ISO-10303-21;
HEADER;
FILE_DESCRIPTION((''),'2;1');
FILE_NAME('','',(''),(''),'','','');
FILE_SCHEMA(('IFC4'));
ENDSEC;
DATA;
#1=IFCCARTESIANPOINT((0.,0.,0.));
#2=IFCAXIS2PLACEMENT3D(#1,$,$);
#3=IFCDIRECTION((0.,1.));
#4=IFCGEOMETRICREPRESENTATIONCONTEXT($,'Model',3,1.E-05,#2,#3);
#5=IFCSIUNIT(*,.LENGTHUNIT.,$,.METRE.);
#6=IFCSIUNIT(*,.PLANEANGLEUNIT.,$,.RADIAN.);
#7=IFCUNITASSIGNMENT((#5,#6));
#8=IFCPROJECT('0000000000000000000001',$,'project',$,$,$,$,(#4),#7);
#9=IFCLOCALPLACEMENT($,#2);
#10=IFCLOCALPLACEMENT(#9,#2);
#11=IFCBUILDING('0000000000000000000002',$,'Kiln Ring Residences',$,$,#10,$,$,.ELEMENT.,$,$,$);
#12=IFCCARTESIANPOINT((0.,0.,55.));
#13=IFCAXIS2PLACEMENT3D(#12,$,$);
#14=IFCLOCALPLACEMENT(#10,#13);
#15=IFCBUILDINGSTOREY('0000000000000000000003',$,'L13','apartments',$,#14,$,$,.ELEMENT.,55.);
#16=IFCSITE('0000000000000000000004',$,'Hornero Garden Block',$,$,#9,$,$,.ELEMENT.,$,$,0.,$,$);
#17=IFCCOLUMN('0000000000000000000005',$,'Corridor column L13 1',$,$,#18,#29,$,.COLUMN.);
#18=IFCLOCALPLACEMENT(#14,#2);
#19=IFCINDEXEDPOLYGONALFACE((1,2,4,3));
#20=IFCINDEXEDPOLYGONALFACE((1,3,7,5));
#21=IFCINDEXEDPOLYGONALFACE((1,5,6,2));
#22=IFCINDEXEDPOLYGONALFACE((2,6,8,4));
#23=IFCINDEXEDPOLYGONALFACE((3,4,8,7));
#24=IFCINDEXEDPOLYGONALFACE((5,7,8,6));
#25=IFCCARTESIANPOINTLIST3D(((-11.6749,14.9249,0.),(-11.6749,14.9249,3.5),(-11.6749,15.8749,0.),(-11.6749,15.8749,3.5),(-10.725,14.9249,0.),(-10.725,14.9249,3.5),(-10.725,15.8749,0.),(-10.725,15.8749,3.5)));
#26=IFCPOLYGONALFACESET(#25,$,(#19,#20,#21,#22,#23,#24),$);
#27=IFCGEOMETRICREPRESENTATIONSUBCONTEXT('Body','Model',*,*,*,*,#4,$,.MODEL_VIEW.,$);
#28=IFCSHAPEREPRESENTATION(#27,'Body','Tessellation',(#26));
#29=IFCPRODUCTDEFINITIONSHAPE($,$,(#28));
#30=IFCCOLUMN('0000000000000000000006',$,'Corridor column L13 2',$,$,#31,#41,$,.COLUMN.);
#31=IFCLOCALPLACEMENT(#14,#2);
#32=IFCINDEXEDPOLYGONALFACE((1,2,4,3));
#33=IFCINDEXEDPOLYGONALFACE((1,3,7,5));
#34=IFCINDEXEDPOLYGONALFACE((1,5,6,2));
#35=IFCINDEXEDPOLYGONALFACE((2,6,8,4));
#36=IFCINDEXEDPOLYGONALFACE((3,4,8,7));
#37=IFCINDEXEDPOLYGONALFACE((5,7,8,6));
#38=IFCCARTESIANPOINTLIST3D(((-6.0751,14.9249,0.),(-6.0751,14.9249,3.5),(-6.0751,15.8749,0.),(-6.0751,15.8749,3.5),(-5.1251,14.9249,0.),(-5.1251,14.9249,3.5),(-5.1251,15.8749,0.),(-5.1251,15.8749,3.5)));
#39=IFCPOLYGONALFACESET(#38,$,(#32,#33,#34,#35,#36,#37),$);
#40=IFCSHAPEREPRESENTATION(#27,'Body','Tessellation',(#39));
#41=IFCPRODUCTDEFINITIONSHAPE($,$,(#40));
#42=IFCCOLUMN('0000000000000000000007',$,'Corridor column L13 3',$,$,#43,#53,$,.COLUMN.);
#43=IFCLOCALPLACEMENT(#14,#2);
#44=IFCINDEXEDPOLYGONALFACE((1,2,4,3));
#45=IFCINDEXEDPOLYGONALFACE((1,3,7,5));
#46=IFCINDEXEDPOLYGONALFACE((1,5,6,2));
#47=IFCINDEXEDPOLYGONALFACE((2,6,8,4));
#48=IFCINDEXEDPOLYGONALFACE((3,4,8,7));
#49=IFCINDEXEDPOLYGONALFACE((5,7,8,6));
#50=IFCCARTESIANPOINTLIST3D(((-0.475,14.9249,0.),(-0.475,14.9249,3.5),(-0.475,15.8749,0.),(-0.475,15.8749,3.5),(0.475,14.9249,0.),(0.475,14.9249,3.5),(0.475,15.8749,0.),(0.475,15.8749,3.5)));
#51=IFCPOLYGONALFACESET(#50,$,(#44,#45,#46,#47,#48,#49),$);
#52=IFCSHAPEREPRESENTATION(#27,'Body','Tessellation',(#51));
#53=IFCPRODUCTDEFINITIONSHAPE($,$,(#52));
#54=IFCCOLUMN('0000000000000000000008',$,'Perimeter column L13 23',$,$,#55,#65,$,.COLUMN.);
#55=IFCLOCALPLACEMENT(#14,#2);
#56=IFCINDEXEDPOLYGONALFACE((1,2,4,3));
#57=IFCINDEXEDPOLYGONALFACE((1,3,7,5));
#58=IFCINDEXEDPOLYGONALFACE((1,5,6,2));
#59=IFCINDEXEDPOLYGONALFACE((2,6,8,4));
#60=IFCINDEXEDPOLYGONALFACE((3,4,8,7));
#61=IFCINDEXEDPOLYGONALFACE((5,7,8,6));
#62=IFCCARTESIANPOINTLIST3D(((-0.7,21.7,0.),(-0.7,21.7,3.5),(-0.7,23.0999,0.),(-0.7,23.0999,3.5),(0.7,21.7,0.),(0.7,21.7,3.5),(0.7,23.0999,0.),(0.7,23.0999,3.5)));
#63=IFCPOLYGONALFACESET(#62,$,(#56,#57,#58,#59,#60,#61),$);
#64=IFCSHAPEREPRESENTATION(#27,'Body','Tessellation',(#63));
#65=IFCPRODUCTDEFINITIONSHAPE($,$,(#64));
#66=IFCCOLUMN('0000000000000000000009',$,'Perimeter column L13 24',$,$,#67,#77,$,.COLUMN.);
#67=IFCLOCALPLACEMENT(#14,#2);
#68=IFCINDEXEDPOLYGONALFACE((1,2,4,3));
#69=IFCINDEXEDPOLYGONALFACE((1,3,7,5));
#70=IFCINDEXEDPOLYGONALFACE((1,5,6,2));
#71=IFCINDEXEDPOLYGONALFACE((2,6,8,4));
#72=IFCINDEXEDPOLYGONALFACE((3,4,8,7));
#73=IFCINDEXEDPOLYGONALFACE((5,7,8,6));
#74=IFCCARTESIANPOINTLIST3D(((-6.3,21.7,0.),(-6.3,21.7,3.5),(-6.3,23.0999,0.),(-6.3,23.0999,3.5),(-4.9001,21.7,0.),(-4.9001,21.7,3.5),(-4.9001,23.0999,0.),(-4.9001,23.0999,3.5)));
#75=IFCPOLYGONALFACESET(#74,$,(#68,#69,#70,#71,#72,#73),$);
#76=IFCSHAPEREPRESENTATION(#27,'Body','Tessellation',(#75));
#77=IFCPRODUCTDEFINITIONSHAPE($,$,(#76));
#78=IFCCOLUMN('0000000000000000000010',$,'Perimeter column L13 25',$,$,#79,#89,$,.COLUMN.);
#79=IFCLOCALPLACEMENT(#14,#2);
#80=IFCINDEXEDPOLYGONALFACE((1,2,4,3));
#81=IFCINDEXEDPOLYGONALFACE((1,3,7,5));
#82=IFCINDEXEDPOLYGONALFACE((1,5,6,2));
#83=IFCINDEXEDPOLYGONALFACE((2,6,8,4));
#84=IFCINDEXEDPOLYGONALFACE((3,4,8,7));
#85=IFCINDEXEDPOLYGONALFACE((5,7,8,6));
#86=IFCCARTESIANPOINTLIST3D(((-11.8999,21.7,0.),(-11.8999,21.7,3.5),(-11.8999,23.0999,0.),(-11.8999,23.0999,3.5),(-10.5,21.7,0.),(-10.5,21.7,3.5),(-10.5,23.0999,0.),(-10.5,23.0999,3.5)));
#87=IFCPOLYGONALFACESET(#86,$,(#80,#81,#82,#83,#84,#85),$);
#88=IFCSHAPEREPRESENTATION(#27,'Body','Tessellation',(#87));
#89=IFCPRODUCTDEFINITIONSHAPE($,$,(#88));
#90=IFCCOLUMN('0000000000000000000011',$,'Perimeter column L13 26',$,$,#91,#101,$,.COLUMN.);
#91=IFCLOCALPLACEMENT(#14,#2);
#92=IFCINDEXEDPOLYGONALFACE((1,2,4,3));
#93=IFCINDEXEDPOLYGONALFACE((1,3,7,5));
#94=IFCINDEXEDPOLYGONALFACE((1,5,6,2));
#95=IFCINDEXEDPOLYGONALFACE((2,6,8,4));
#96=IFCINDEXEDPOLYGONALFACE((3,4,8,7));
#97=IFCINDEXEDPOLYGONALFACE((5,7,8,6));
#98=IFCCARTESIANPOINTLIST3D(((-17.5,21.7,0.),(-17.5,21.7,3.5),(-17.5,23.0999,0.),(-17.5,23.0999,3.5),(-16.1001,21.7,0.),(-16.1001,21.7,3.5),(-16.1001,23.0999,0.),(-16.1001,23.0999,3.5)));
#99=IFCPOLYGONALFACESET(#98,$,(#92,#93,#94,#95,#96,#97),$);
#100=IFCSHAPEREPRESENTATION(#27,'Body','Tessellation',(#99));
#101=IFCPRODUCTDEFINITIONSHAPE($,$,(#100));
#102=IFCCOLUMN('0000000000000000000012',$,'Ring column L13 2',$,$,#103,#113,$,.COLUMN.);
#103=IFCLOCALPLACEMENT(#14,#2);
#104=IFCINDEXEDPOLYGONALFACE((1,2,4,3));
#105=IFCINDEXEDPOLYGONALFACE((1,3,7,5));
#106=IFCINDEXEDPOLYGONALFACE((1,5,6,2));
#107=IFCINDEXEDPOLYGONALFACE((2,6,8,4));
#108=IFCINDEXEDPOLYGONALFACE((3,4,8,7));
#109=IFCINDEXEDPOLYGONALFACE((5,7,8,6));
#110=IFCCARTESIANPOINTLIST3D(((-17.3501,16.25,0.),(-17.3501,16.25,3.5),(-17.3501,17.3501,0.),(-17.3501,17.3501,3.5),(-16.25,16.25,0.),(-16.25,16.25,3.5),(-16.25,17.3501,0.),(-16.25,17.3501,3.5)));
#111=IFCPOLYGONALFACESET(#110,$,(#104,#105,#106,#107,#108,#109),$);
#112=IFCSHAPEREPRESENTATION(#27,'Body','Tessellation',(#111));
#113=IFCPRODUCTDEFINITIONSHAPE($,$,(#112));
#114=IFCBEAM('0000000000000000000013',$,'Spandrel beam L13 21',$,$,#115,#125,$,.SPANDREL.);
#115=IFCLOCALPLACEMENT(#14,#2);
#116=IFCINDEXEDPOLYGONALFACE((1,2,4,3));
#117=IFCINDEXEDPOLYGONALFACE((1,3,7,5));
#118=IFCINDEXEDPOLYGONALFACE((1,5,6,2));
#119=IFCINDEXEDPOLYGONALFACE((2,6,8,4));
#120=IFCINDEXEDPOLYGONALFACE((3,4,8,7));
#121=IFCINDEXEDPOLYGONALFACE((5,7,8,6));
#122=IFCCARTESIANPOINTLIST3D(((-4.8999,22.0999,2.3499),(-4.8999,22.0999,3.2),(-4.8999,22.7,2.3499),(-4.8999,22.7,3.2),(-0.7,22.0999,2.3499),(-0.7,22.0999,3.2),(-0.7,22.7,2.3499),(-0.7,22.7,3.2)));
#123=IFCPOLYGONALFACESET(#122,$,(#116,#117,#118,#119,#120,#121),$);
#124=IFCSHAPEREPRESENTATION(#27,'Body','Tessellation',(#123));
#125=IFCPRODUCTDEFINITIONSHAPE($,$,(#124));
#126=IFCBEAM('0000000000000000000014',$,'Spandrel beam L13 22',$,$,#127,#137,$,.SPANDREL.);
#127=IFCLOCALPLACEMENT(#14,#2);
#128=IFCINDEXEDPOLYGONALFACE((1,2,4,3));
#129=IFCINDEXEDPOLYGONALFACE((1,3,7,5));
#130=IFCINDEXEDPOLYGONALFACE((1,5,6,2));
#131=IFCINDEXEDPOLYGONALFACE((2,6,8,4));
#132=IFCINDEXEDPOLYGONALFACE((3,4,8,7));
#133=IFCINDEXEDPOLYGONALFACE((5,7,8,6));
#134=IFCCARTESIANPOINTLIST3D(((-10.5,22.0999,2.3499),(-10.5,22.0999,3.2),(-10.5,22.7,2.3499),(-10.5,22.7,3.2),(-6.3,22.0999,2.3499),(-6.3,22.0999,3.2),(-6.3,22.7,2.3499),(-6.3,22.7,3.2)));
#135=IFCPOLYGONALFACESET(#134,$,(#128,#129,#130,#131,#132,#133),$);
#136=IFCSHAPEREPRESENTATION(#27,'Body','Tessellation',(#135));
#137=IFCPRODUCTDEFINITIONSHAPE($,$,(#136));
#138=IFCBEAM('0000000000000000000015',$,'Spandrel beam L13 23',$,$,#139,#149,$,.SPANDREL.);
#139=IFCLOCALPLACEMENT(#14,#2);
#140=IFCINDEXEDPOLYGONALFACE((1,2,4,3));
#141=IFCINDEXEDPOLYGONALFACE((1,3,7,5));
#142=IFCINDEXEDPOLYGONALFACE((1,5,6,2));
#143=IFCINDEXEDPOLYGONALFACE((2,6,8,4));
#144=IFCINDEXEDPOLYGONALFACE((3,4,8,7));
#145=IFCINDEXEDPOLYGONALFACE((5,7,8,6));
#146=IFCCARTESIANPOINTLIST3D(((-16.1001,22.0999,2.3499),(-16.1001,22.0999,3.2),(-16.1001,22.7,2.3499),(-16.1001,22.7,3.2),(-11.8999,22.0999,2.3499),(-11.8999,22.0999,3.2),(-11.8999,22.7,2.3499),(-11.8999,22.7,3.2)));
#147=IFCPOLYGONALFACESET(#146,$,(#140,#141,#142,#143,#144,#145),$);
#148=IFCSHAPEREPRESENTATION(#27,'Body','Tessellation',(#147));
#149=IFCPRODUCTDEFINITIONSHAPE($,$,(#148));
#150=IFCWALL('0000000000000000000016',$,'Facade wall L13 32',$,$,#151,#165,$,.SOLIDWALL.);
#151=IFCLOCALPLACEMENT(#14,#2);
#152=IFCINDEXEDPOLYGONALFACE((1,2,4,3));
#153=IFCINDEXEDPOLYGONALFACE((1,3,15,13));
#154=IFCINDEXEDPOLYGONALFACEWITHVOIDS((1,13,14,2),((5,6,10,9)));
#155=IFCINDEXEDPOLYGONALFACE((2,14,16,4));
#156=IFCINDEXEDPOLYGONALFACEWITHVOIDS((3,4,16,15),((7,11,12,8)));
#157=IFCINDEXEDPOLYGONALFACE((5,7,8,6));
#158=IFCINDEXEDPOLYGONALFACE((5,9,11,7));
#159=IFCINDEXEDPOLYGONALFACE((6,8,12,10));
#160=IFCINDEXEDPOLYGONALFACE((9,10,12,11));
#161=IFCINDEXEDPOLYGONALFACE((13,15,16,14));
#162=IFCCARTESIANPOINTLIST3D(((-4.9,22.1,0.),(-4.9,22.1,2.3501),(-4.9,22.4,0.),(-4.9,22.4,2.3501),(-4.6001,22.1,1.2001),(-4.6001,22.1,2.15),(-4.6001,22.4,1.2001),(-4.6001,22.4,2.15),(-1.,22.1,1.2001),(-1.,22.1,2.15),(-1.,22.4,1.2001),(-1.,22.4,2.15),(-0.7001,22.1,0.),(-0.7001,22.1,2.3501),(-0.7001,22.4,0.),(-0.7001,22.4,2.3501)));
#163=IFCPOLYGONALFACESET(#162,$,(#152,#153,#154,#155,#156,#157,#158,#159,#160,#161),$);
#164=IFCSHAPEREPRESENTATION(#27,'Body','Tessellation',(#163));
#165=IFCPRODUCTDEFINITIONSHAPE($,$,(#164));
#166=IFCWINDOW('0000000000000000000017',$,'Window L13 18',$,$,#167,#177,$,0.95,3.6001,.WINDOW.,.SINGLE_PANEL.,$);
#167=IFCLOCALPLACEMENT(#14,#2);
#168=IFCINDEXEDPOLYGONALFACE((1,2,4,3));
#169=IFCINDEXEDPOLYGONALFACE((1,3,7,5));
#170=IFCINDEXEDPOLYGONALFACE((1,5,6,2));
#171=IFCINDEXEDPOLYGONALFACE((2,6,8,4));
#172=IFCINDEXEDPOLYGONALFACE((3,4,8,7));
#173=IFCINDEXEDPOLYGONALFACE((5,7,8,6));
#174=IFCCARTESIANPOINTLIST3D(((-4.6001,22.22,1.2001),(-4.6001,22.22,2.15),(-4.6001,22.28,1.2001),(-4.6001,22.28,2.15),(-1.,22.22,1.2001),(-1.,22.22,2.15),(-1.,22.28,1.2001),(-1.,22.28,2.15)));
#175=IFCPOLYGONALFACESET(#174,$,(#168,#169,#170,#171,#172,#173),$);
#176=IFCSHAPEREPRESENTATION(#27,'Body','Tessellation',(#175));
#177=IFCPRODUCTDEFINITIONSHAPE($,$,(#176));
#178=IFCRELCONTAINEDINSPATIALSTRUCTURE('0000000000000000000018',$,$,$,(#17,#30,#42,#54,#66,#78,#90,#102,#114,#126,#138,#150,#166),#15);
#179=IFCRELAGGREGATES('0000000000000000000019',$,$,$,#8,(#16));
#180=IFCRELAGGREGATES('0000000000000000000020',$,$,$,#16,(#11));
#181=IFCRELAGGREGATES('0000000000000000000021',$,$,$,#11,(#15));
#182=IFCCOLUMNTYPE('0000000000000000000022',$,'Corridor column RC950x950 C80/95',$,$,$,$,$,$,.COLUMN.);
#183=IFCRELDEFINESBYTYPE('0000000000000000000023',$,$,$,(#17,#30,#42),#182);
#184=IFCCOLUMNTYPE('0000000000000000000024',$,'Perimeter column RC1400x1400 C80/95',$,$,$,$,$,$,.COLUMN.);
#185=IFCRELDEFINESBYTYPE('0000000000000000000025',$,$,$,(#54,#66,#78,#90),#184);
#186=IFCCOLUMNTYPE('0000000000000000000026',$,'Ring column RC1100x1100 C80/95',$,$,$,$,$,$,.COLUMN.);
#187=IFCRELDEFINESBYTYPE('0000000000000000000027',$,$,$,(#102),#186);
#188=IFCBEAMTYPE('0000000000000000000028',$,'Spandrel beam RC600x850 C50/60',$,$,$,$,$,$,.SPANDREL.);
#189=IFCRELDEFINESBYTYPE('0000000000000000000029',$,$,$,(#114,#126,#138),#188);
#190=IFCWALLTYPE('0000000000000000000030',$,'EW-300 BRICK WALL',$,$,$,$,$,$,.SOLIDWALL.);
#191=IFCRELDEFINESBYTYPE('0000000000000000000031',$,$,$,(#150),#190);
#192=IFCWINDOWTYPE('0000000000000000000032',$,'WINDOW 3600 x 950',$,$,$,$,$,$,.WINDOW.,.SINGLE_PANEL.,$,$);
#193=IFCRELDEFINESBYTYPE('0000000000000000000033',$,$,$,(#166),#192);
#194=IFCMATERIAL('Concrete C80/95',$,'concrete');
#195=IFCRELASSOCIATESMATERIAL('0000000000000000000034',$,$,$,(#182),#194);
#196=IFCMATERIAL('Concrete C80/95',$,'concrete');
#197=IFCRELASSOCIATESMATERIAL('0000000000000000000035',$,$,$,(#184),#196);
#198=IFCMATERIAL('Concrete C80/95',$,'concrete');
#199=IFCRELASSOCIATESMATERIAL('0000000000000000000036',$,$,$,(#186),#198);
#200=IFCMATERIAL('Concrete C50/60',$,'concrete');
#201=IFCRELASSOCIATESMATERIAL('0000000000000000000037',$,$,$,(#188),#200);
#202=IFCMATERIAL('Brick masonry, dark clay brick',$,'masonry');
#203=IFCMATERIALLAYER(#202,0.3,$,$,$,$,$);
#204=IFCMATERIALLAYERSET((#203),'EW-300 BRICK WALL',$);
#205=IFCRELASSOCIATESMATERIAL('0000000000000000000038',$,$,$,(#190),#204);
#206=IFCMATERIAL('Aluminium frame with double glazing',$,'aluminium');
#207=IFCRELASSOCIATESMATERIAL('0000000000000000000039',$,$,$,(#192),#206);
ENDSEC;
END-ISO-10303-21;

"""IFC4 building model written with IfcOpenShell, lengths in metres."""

from ifc_helpers import new_model, si_unit, direction, frame, frame_2d, origin, origin_2d, place, context, subcontext, project, spatial, rectangle, extrude, material, layer, layer_set, material_profile, profile_set, type_object, element, fill, save


model = new_model("IFC4")

# Units and contexts
model_context = context("Model", 3, precision=1e-05, world=origin(), true_north=direction((0.0, 1.0)))
body_context = subcontext(model_context, "Body", "Model", "MODEL_VIEW")
ifc_project = project(units=[si_unit("LENGTHUNIT", "METRE"), si_unit("PLANEANGLEUNIT", "RADIAN")], contexts=[model_context])

# Site, building, storey
site_placement = place(None, origin())
site = spatial("IfcSite", under=ifc_project, at=site_placement, Name="Hornero Garden Block", CompositionType="ELEMENT", RefElevation=0.0)
building_placement = place(site_placement, origin())
building = spatial("IfcBuilding", under=site, at=building_placement, Name="Kiln Ring Residences", CompositionType="ELEMENT")
storey_placement = place(building_placement, frame((0.0, 0.0, 55.0)))
storey = spatial("IfcBuildingStorey", under=building, at=storey_placement, Name="L13", Description="apartments", CompositionType="ELEMENT", Elevation=55.0)

# Columns
ifc_material_1 = material(Name="Concrete C80/95", Category="concrete")
ifc_material_profile_1 = material_profile(ifc_material_1, rectangle(XDim=0.95, YDim=0.95, at=origin_2d()), Name="RC950x950")
ifc_profile_set_1 = profile_set([ifc_material_profile_1], Name="Concrete C80/95")
column_type_1 = type_object("IfcColumnType", Name="Corridor column RC950x950 C80/95", PredefinedType="COLUMN", material=ifc_profile_set_1)
for number, where, z_axis, x_axis, name in (
    (1, (-11.2, 15.3999, 0.0), (0.0, 0.0, 1.0), (1.0, 0.0, 0.0), "Corridor column L13 1"),
    (2, (-5.6001, 15.3999, 0.0), (0.0, 0.0, 1.0), (1.0, 0.0, 0.0), "Corridor column L13 2"),
    (3, (0.0, 15.3999, 0.0), (0.0, 0.0, 1.0), (1.0, 0.0, 0.0), "Corridor column L13 3"),
):
    element("IfcColumn", number, at=place(storey_placement, frame(where, z_axis=z_axis, x_axis=x_axis)), inside=storey, type_object=column_type_1, Name=name, PredefinedType="COLUMN", context=body_context, shape_type="SweptSolid", body=[
        extrude(rectangle(XDim=0.95, YDim=0.95, at=origin_2d()), origin(), (0.0, 0.0, 1.0), 3.5),
    ])
ifc_material_2 = material(Name="Concrete C80/95", Category="concrete")
ifc_material_profile_2 = material_profile(ifc_material_2, rectangle(XDim=1.3999, YDim=1.3999, at=origin_2d()), Name="RC1400x1400")
ifc_profile_set_2 = profile_set([ifc_material_profile_2], Name="Concrete C80/95")
column_type_2 = type_object("IfcColumnType", Name="Perimeter column RC1400x1400 C80/95", PredefinedType="COLUMN", material=ifc_profile_set_2)
for number, where, z_axis, x_axis, name in (
    (4, (0.0, 22.3999, 0.0), (0.0, 0.0, 1.0), (1.0, 0.0, 0.0), "Perimeter column L13 23"),
    (5, (-5.6001, 22.3999, 0.0), (0.0, 0.0, 1.0), (1.0, 0.0, 0.0), "Perimeter column L13 24"),
    (6, (-11.2, 22.3999, 0.0), (0.0, 0.0, 1.0), (1.0, 0.0, 0.0), "Perimeter column L13 25"),
    (7, (-16.8, 22.3999, 0.0), (0.0, 0.0, 1.0), (1.0, 0.0, 0.0), "Perimeter column L13 26"),
):
    element("IfcColumn", number, at=place(storey_placement, frame(where, z_axis=z_axis, x_axis=x_axis)), inside=storey, type_object=column_type_2, Name=name, PredefinedType="COLUMN", context=body_context, shape_type="SweptSolid", body=[
        extrude(rectangle(XDim=1.3999, YDim=1.3999, at=origin_2d()), origin(), (0.0, 0.0, 1.0), 3.5),
    ])
ifc_material_3 = material(Name="Concrete C80/95", Category="concrete")
ifc_material_profile_3 = material_profile(ifc_material_3, rectangle(XDim=1.1001, YDim=1.1001, at=origin_2d()), Name="RC1100x1100")
ifc_profile_set_3 = profile_set([ifc_material_profile_3], Name="Concrete C80/95")
column_type_3 = type_object("IfcColumnType", Name="Ring column RC1100x1100 C80/95", PredefinedType="COLUMN", material=ifc_profile_set_3)
column_placement = place(storey_placement, frame((-16.8, 16.8, 0.0), z_axis=(0.0, 0.0, 1.0), x_axis=(1.0, 0.0, 0.0)))
element("IfcColumn", 8, at=column_placement, inside=storey, type_object=column_type_3, Name="Ring column L13 2", PredefinedType="COLUMN", context=body_context, shape_type="SweptSolid", body=[
    extrude(rectangle(XDim=1.1001, YDim=1.1001, at=origin_2d()), origin(), (0.0, 0.0, 1.0), 3.5),
])

# Beams
ifc_material_4 = material(Name="Concrete C50/60", Category="concrete")
ifc_material_profile_4 = material_profile(ifc_material_4, rectangle(XDim=0.6001, YDim=0.8501, at=origin_2d()), Name="RC600x850")
ifc_profile_set_4 = profile_set([ifc_material_profile_4], Name="Concrete C50/60")
beam_type = type_object("IfcBeamType", Name="Spandrel beam RC600x850 C50/60", PredefinedType="SPANDREL", material=ifc_profile_set_4)
for number, where, z_axis, x_axis, name in (
    (9, (-0.7, 22.3999, 2.7749), (-1.0, 0.0, 0.0), (0.0, -1.0, 0.0), "Spandrel beam L13 21"),
    (10, (-6.3, 22.3999, 2.7749), (-1.0, 0.0, 0.0), (0.0, -1.0, 0.0), "Spandrel beam L13 22"),
):
    element("IfcBeam", number, at=place(storey_placement, frame(where, z_axis=z_axis, x_axis=x_axis)), inside=storey, type_object=beam_type, Name=name, PredefinedType="SPANDREL", context=body_context, shape_type="SweptSolid", body=[
        extrude(rectangle(XDim=0.6001, YDim=0.8501, at=origin_2d()), origin(), (0.0, 0.0, 1.0), 4.2),
    ])
beam_placement = place(storey_placement, frame((-11.8999, 22.3999, 2.7749), z_axis=(-1.0, 0.0, 0.0), x_axis=(0.0, -1.0, 0.0)))
element("IfcBeam", 11, at=beam_placement, inside=storey, type_object=beam_type, Name="Spandrel beam L13 23", PredefinedType="SPANDREL", context=body_context, shape_type="SweptSolid", body=[
    extrude(rectangle(XDim=0.6001, YDim=0.8501, at=origin_2d()), origin(), (0.0, 0.0, 1.0), 4.2002),
])

# Wall, opening, window
ifc_material_5 = material(Name="Brick masonry, dark clay brick", Category="masonry")
ifc_layer_1 = layer(ifc_material_5, 0.3)
ifc_layer_set_1 = layer_set([ifc_layer_1], Name="EW-300 BRICK WALL")
wall_type_1 = type_object("IfcWallType", Name="EW-300 BRICK WALL", PredefinedType="SOLIDWALL", material=ifc_layer_set_1)
wall_1_placement = place(storey_placement, frame((-0.7, 22.25, 0.0), z_axis=(0.0, 0.0, 1.0), x_axis=(-1.0, 0.0, 0.0)))
wall_1 = element("IfcWall", 12, at=wall_1_placement, inside=storey, type_object=wall_type_1, Name="Facade wall L13 32", PredefinedType="SOLIDWALL", context=body_context, shape_type="SweptSolid", body=[
    extrude(rectangle(XDim=4.2, YDim=0.3, at=frame_2d((2.1001, 0.0))), origin(), (0.0, 0.0, 1.0), 2.3501),
])
opening_1_placement = place(wall_1_placement, frame((0.3, 0.0, 1.2)))
opening_1 = element("IfcOpeningElement", 13, at=opening_1_placement, cuts=wall_1, PredefinedType="OPENING", context=body_context, shape_type="SweptSolid", body=[
    extrude(rectangle(XDim=3.6001, YDim=0.95, at=frame_2d((1.8, 0.4751))), frame((0.0, 0.1599, 0.0), z_axis=(0.0, -1.0, 0.0), x_axis=(1.0, 0.0, 0.0)), (0.0, 0.0, 1.0), 0.3201),
])
ifc_material_6 = material(Name="Aluminium frame with double glazing", Category="aluminium")
window_type = type_object("IfcWindowType", Name="WINDOW 3600 x 950", PartitioningType="SINGLE_PANEL", PredefinedType="WINDOW", material=ifc_material_6)
window_1_placement = place(opening_1_placement, origin())
window_1 = element("IfcWindow", 14, at=window_1_placement, inside=storey, type_object=window_type, Name="Window L13 18", OverallHeight=0.95, OverallWidth=3.6001, PartitioningType="SINGLE_PANEL", PredefinedType="WINDOW", context=body_context, shape_type="SweptSolid", body=[
    extrude(rectangle(XDim=3.6001, YDim=0.95, at=frame_2d((1.8, 0.4751))), frame((0.0, 0.03, 0.0), z_axis=(0.0, -1.0, 0.0), x_axis=(1.0, 0.0, 0.0)), (0.0, 0.0, 1.0), 0.0601),
])
fill(opening_1, window_1)

save(model, "model.ifc")
